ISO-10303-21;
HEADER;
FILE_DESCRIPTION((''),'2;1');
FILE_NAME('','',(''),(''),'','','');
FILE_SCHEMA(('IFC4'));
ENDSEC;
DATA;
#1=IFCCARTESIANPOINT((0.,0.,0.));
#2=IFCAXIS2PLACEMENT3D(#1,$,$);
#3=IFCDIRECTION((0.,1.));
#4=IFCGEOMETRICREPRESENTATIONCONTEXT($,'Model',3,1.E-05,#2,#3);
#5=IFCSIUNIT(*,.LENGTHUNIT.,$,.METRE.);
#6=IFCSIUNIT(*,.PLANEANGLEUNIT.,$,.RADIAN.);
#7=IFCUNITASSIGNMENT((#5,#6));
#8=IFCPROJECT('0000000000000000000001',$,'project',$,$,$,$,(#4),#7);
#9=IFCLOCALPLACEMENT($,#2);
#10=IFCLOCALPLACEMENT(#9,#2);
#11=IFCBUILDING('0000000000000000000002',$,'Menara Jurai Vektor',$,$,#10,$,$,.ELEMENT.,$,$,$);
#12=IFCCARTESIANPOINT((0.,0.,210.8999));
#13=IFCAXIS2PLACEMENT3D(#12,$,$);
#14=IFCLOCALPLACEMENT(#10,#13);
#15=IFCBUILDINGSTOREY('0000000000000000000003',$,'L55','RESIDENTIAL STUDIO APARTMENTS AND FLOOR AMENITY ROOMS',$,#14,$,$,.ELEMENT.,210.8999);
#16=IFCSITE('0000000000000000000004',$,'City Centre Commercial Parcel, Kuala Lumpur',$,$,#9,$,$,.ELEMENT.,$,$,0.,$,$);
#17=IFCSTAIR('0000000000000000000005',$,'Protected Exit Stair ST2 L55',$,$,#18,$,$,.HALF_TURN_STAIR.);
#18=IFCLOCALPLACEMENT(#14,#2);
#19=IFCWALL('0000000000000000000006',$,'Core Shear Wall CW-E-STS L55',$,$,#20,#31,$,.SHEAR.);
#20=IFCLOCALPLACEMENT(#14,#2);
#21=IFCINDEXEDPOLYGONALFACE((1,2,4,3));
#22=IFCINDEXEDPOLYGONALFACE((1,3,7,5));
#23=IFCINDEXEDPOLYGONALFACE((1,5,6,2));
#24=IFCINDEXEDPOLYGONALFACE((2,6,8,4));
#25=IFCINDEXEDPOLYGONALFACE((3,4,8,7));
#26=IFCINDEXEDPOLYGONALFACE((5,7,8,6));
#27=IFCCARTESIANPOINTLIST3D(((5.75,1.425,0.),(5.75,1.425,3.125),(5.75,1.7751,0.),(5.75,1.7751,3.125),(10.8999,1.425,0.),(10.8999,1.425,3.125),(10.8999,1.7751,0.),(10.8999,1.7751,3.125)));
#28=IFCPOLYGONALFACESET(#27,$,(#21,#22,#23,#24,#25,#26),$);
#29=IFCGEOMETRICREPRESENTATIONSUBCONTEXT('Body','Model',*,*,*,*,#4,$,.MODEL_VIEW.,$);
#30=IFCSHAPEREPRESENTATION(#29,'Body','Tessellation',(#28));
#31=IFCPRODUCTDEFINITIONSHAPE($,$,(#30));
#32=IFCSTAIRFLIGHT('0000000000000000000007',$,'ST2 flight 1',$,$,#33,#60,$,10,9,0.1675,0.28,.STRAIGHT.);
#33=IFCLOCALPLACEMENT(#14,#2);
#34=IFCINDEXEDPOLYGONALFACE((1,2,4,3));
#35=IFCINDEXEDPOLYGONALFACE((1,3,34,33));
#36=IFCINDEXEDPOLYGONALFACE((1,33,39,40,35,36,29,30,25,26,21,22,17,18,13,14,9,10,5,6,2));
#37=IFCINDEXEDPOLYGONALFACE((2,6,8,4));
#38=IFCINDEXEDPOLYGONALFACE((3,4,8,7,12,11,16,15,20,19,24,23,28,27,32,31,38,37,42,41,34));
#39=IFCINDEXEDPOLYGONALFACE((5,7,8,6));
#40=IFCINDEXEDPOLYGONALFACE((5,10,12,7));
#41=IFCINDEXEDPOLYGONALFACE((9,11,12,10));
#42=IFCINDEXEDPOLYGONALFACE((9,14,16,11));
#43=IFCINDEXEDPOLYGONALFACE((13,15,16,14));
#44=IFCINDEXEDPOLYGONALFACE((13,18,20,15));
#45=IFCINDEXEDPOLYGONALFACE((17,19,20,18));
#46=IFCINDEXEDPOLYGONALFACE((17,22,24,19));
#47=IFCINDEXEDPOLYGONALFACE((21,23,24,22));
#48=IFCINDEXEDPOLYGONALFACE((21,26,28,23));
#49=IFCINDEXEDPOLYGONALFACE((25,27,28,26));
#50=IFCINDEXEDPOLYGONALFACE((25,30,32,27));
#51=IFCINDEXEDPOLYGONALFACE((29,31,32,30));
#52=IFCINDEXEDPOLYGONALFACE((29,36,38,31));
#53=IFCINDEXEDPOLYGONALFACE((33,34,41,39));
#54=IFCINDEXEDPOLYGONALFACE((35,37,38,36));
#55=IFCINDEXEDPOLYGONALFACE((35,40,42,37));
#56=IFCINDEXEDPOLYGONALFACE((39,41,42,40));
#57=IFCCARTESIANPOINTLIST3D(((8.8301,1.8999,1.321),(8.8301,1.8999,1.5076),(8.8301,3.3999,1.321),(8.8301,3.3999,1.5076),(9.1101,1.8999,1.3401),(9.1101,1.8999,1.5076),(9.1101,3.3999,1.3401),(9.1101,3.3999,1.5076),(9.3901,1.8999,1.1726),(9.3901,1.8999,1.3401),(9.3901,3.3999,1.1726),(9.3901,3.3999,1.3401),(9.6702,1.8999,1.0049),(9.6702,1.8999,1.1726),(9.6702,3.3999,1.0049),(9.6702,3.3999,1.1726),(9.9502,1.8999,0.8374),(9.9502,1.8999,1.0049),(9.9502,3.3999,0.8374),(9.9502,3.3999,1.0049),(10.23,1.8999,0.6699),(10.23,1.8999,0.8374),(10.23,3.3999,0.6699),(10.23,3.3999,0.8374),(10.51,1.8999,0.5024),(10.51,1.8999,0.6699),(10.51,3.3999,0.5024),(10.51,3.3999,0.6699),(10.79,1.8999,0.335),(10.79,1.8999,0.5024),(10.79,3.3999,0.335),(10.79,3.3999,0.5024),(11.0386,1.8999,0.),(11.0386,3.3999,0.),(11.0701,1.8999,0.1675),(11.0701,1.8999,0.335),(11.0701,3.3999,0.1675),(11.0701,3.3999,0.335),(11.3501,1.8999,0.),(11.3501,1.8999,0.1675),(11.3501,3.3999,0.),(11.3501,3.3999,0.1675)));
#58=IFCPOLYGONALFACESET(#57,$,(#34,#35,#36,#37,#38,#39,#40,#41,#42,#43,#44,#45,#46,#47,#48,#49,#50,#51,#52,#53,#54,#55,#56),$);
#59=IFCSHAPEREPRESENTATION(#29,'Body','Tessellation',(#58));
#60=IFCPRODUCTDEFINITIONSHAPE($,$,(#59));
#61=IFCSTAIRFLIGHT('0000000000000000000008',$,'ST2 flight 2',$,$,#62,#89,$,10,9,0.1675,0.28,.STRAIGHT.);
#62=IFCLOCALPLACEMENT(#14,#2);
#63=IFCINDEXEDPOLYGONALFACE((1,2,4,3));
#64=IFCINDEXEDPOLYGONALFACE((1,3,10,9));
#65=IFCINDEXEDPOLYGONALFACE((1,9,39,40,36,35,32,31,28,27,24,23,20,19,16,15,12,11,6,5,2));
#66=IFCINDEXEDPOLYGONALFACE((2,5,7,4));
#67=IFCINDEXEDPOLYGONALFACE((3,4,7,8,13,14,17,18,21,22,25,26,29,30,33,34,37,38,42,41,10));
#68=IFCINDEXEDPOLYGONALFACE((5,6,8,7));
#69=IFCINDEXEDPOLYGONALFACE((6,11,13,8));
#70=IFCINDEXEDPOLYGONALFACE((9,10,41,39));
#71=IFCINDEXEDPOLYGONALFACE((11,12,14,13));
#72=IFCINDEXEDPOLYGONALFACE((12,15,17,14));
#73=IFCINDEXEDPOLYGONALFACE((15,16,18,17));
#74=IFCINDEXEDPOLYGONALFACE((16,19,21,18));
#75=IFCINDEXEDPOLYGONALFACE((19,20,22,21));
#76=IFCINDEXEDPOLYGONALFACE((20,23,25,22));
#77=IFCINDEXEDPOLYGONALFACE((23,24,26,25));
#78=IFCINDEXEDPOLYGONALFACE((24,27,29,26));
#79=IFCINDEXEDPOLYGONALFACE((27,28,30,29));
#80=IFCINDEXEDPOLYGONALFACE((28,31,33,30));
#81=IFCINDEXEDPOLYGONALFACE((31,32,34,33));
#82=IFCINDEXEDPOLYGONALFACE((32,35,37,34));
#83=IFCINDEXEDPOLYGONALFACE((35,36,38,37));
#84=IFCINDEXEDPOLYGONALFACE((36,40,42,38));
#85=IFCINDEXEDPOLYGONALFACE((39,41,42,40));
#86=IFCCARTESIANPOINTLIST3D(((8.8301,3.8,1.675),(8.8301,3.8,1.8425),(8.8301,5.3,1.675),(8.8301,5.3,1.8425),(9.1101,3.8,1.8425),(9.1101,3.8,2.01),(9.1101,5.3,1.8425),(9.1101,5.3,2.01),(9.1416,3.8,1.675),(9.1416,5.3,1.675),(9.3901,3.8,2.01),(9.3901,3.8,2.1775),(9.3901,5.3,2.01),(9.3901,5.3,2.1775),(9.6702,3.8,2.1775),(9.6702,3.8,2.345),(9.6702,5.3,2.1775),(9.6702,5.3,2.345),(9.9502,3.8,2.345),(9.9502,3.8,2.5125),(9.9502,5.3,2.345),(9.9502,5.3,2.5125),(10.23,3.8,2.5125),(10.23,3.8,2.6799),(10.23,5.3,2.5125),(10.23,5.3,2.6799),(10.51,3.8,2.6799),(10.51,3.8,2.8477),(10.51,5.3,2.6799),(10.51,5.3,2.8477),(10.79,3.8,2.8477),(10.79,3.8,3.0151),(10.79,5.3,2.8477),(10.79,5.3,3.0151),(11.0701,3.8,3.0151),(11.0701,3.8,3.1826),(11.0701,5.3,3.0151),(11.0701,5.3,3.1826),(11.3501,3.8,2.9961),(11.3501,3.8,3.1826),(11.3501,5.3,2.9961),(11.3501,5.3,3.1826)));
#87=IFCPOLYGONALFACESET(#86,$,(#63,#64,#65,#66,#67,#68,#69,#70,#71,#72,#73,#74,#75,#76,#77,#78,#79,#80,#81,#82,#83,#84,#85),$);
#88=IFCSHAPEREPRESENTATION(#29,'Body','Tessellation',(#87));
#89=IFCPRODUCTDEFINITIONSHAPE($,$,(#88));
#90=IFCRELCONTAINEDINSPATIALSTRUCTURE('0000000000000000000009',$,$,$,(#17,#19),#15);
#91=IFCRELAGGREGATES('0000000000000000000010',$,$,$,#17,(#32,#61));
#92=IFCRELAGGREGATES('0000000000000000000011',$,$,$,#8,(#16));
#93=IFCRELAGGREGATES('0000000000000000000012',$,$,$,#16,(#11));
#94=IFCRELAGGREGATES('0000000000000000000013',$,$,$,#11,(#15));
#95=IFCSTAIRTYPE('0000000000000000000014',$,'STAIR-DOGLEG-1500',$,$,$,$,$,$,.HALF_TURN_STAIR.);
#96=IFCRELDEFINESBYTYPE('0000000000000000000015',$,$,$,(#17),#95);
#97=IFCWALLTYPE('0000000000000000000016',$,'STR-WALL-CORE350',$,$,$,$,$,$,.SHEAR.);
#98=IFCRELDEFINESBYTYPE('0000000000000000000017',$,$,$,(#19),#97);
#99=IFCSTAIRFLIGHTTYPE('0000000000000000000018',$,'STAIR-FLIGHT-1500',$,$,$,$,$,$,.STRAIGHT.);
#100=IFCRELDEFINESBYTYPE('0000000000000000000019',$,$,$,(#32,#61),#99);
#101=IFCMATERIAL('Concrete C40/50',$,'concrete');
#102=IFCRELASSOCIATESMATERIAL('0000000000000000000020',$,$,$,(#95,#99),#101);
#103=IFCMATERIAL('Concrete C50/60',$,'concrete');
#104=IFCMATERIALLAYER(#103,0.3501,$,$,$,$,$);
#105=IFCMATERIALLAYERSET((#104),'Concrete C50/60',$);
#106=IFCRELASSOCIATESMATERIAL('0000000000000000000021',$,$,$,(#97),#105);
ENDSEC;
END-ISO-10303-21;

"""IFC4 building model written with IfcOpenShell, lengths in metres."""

from ifc_helpers import new_model, si_unit, direction, frame, frame_2d, origin, place, context, subcontext, project, spatial, polyline, rectangle, outline, extrude, material, layer, layer_set, type_object, element, aggregate, save


model = new_model("IFC4")

# Units and contexts
model_context = context("Model", 3, precision=1e-05, world=origin(), true_north=direction((0.0, 1.0)))
body_context = subcontext(model_context, "Body", "Model", "MODEL_VIEW")
ifc_project = project(units=[si_unit("LENGTHUNIT", "METRE"), si_unit("PLANEANGLEUNIT", "RADIAN")], contexts=[model_context])

# Site, building, storey
site_placement = place(None, origin())
site = spatial("IfcSite", under=ifc_project, at=site_placement, Name="City Centre Commercial Parcel, Kuala Lumpur", CompositionType="ELEMENT", RefElevation=0.0)
building_placement = place(site_placement, origin())
building = spatial("IfcBuilding", under=site, at=building_placement, Name="Menara Jurai Vektor", CompositionType="ELEMENT")
storey_placement = place(building_placement, frame((0.0, 0.0, 210.8999)))
storey = spatial("IfcBuildingStorey", under=building, at=storey_placement, Name="L55", Description="RESIDENTIAL STUDIO APARTMENTS AND FLOOR AMENITY ROOMS", CompositionType="ELEMENT", Elevation=210.8999)

# Shared definitions
ifc_material_1 = material(Name="Concrete C50/60", Category="concrete")

# Stair
ifc_material_2 = material(Name="Concrete C40/50", Category="concrete")
stair_type = type_object("IfcStairType", Name="STAIR-DOGLEG-1500", PredefinedType="HALF_TURN_STAIR", material=ifc_material_2)
stair_1_placement = place(storey_placement, origin())
stair_1 = element("IfcStair", 1, at=stair_1_placement, inside=storey, type_object=stair_type, Name="Protected Exit Stair ST2 L55", PredefinedType="HALF_TURN_STAIR")

# Wall
ifc_layer_1 = layer(ifc_material_1, 0.3501)
ifc_layer_set_1 = layer_set([ifc_layer_1], Name="Concrete C50/60")
wall_type_1 = type_object("IfcWallType", Name="STR-WALL-CORE350", PredefinedType="SHEAR", material=ifc_layer_set_1)
wall_1_placement = place(storey_placement, frame((5.75, 1.6001, 0.0), z_axis=(0.0, 0.0, 1.0), x_axis=(1.0, 0.0, 0.0)))
element("IfcWall", 2, at=wall_1_placement, inside=storey, type_object=wall_type_1, Name="Core Shear Wall CW-E-STS L55", PredefinedType="SHEAR", context=body_context, shape_type="SweptSolid", body=[
    extrude(rectangle(XDim=5.1499, YDim=0.3501, at=frame_2d((2.575, 0.0))), origin(), (0.0, 0.0, 1.0), 3.125),
])

# Stair flights
stair_flight_type = type_object("IfcStairFlightType", Name="STAIR-FLIGHT-1500", PredefinedType="STRAIGHT", material=ifc_material_2)
stair_flight_1_placement = place(storey_placement, frame((11.3501, 2.6499, 0.0), z_axis=(0.0, 0.0, 1.0), x_axis=(-1.0, 0.0, 0.0)))
stair_flight_1 = element("IfcStairFlight", 3, at=stair_flight_1_placement, type_object=stair_flight_type, Name="ST2 flight 1", NumberOfRisers=10, NumberOfTreads=9, PredefinedType="STRAIGHT", RiserHeight=0.1675, TreadLength=0.28, context=body_context, shape_type="SweptSolid", body=[
    extrude(outline(polyline([(0.0, 0.0), (0.0, 0.1675), (0.28, 0.1675), (0.28, 0.335), (0.5601, 0.335), (0.5601, 0.5024), (0.8401, 0.5024), (0.8401, 0.6699), (1.1201, 0.6699), (1.1201, 0.8374), (1.3999, 0.8374), (1.3999, 1.0049), (1.6799, 1.0049), (1.6799, 1.1726), (1.96, 1.1726), (1.96, 1.3401), (2.24, 1.3401), (2.24, 1.5076), (2.52, 1.5076), (2.52, 1.675), (2.52, 1.321), (0.3115, 0.0), (0.0, 0.0)])), frame((0.0, 0.75, 0.0), z_axis=(0.0, -1.0, 0.0), x_axis=(1.0, 0.0, 0.0)), (0.0, 0.0, 1.0), 1.5),
])
stair_flight_2_placement = place(storey_placement, frame((8.8301, 4.55, 1.675), z_axis=(0.0, 0.0, 1.0), x_axis=(1.0, 0.0, 0.0)))
stair_flight_2 = element("IfcStairFlight", 4, at=stair_flight_2_placement, type_object=stair_flight_type, Name="ST2 flight 2", NumberOfRisers=10, NumberOfTreads=9, PredefinedType="STRAIGHT", RiserHeight=0.1675, TreadLength=0.28, context=body_context, shape_type="SweptSolid", body=[
    extrude(outline(polyline([(0.0, 0.0), (0.0, 0.1675), (0.28, 0.1675), (0.28, 0.335), (0.5601, 0.335), (0.5601, 0.5024), (0.8401, 0.5024), (0.8401, 0.6699), (1.1201, 0.6699), (1.1201, 0.8374), (1.3999, 0.8374), (1.3999, 1.0049), (1.6799, 1.0049), (1.6799, 1.1726), (1.96, 1.1726), (1.96, 1.3401), (2.24, 1.3401), (2.24, 1.5076), (2.52, 1.5076), (2.52, 1.675), (2.52, 1.321), (0.3115, 0.0), (0.0, 0.0)])), frame((0.0, 0.75, 0.0), z_axis=(0.0, -1.0, 0.0), x_axis=(1.0, 0.0, 0.0)), (0.0, 0.0, 1.0), 1.5),
])
aggregate(stair_1, [stair_flight_1, stair_flight_2])

save(model, "model.ifc")
